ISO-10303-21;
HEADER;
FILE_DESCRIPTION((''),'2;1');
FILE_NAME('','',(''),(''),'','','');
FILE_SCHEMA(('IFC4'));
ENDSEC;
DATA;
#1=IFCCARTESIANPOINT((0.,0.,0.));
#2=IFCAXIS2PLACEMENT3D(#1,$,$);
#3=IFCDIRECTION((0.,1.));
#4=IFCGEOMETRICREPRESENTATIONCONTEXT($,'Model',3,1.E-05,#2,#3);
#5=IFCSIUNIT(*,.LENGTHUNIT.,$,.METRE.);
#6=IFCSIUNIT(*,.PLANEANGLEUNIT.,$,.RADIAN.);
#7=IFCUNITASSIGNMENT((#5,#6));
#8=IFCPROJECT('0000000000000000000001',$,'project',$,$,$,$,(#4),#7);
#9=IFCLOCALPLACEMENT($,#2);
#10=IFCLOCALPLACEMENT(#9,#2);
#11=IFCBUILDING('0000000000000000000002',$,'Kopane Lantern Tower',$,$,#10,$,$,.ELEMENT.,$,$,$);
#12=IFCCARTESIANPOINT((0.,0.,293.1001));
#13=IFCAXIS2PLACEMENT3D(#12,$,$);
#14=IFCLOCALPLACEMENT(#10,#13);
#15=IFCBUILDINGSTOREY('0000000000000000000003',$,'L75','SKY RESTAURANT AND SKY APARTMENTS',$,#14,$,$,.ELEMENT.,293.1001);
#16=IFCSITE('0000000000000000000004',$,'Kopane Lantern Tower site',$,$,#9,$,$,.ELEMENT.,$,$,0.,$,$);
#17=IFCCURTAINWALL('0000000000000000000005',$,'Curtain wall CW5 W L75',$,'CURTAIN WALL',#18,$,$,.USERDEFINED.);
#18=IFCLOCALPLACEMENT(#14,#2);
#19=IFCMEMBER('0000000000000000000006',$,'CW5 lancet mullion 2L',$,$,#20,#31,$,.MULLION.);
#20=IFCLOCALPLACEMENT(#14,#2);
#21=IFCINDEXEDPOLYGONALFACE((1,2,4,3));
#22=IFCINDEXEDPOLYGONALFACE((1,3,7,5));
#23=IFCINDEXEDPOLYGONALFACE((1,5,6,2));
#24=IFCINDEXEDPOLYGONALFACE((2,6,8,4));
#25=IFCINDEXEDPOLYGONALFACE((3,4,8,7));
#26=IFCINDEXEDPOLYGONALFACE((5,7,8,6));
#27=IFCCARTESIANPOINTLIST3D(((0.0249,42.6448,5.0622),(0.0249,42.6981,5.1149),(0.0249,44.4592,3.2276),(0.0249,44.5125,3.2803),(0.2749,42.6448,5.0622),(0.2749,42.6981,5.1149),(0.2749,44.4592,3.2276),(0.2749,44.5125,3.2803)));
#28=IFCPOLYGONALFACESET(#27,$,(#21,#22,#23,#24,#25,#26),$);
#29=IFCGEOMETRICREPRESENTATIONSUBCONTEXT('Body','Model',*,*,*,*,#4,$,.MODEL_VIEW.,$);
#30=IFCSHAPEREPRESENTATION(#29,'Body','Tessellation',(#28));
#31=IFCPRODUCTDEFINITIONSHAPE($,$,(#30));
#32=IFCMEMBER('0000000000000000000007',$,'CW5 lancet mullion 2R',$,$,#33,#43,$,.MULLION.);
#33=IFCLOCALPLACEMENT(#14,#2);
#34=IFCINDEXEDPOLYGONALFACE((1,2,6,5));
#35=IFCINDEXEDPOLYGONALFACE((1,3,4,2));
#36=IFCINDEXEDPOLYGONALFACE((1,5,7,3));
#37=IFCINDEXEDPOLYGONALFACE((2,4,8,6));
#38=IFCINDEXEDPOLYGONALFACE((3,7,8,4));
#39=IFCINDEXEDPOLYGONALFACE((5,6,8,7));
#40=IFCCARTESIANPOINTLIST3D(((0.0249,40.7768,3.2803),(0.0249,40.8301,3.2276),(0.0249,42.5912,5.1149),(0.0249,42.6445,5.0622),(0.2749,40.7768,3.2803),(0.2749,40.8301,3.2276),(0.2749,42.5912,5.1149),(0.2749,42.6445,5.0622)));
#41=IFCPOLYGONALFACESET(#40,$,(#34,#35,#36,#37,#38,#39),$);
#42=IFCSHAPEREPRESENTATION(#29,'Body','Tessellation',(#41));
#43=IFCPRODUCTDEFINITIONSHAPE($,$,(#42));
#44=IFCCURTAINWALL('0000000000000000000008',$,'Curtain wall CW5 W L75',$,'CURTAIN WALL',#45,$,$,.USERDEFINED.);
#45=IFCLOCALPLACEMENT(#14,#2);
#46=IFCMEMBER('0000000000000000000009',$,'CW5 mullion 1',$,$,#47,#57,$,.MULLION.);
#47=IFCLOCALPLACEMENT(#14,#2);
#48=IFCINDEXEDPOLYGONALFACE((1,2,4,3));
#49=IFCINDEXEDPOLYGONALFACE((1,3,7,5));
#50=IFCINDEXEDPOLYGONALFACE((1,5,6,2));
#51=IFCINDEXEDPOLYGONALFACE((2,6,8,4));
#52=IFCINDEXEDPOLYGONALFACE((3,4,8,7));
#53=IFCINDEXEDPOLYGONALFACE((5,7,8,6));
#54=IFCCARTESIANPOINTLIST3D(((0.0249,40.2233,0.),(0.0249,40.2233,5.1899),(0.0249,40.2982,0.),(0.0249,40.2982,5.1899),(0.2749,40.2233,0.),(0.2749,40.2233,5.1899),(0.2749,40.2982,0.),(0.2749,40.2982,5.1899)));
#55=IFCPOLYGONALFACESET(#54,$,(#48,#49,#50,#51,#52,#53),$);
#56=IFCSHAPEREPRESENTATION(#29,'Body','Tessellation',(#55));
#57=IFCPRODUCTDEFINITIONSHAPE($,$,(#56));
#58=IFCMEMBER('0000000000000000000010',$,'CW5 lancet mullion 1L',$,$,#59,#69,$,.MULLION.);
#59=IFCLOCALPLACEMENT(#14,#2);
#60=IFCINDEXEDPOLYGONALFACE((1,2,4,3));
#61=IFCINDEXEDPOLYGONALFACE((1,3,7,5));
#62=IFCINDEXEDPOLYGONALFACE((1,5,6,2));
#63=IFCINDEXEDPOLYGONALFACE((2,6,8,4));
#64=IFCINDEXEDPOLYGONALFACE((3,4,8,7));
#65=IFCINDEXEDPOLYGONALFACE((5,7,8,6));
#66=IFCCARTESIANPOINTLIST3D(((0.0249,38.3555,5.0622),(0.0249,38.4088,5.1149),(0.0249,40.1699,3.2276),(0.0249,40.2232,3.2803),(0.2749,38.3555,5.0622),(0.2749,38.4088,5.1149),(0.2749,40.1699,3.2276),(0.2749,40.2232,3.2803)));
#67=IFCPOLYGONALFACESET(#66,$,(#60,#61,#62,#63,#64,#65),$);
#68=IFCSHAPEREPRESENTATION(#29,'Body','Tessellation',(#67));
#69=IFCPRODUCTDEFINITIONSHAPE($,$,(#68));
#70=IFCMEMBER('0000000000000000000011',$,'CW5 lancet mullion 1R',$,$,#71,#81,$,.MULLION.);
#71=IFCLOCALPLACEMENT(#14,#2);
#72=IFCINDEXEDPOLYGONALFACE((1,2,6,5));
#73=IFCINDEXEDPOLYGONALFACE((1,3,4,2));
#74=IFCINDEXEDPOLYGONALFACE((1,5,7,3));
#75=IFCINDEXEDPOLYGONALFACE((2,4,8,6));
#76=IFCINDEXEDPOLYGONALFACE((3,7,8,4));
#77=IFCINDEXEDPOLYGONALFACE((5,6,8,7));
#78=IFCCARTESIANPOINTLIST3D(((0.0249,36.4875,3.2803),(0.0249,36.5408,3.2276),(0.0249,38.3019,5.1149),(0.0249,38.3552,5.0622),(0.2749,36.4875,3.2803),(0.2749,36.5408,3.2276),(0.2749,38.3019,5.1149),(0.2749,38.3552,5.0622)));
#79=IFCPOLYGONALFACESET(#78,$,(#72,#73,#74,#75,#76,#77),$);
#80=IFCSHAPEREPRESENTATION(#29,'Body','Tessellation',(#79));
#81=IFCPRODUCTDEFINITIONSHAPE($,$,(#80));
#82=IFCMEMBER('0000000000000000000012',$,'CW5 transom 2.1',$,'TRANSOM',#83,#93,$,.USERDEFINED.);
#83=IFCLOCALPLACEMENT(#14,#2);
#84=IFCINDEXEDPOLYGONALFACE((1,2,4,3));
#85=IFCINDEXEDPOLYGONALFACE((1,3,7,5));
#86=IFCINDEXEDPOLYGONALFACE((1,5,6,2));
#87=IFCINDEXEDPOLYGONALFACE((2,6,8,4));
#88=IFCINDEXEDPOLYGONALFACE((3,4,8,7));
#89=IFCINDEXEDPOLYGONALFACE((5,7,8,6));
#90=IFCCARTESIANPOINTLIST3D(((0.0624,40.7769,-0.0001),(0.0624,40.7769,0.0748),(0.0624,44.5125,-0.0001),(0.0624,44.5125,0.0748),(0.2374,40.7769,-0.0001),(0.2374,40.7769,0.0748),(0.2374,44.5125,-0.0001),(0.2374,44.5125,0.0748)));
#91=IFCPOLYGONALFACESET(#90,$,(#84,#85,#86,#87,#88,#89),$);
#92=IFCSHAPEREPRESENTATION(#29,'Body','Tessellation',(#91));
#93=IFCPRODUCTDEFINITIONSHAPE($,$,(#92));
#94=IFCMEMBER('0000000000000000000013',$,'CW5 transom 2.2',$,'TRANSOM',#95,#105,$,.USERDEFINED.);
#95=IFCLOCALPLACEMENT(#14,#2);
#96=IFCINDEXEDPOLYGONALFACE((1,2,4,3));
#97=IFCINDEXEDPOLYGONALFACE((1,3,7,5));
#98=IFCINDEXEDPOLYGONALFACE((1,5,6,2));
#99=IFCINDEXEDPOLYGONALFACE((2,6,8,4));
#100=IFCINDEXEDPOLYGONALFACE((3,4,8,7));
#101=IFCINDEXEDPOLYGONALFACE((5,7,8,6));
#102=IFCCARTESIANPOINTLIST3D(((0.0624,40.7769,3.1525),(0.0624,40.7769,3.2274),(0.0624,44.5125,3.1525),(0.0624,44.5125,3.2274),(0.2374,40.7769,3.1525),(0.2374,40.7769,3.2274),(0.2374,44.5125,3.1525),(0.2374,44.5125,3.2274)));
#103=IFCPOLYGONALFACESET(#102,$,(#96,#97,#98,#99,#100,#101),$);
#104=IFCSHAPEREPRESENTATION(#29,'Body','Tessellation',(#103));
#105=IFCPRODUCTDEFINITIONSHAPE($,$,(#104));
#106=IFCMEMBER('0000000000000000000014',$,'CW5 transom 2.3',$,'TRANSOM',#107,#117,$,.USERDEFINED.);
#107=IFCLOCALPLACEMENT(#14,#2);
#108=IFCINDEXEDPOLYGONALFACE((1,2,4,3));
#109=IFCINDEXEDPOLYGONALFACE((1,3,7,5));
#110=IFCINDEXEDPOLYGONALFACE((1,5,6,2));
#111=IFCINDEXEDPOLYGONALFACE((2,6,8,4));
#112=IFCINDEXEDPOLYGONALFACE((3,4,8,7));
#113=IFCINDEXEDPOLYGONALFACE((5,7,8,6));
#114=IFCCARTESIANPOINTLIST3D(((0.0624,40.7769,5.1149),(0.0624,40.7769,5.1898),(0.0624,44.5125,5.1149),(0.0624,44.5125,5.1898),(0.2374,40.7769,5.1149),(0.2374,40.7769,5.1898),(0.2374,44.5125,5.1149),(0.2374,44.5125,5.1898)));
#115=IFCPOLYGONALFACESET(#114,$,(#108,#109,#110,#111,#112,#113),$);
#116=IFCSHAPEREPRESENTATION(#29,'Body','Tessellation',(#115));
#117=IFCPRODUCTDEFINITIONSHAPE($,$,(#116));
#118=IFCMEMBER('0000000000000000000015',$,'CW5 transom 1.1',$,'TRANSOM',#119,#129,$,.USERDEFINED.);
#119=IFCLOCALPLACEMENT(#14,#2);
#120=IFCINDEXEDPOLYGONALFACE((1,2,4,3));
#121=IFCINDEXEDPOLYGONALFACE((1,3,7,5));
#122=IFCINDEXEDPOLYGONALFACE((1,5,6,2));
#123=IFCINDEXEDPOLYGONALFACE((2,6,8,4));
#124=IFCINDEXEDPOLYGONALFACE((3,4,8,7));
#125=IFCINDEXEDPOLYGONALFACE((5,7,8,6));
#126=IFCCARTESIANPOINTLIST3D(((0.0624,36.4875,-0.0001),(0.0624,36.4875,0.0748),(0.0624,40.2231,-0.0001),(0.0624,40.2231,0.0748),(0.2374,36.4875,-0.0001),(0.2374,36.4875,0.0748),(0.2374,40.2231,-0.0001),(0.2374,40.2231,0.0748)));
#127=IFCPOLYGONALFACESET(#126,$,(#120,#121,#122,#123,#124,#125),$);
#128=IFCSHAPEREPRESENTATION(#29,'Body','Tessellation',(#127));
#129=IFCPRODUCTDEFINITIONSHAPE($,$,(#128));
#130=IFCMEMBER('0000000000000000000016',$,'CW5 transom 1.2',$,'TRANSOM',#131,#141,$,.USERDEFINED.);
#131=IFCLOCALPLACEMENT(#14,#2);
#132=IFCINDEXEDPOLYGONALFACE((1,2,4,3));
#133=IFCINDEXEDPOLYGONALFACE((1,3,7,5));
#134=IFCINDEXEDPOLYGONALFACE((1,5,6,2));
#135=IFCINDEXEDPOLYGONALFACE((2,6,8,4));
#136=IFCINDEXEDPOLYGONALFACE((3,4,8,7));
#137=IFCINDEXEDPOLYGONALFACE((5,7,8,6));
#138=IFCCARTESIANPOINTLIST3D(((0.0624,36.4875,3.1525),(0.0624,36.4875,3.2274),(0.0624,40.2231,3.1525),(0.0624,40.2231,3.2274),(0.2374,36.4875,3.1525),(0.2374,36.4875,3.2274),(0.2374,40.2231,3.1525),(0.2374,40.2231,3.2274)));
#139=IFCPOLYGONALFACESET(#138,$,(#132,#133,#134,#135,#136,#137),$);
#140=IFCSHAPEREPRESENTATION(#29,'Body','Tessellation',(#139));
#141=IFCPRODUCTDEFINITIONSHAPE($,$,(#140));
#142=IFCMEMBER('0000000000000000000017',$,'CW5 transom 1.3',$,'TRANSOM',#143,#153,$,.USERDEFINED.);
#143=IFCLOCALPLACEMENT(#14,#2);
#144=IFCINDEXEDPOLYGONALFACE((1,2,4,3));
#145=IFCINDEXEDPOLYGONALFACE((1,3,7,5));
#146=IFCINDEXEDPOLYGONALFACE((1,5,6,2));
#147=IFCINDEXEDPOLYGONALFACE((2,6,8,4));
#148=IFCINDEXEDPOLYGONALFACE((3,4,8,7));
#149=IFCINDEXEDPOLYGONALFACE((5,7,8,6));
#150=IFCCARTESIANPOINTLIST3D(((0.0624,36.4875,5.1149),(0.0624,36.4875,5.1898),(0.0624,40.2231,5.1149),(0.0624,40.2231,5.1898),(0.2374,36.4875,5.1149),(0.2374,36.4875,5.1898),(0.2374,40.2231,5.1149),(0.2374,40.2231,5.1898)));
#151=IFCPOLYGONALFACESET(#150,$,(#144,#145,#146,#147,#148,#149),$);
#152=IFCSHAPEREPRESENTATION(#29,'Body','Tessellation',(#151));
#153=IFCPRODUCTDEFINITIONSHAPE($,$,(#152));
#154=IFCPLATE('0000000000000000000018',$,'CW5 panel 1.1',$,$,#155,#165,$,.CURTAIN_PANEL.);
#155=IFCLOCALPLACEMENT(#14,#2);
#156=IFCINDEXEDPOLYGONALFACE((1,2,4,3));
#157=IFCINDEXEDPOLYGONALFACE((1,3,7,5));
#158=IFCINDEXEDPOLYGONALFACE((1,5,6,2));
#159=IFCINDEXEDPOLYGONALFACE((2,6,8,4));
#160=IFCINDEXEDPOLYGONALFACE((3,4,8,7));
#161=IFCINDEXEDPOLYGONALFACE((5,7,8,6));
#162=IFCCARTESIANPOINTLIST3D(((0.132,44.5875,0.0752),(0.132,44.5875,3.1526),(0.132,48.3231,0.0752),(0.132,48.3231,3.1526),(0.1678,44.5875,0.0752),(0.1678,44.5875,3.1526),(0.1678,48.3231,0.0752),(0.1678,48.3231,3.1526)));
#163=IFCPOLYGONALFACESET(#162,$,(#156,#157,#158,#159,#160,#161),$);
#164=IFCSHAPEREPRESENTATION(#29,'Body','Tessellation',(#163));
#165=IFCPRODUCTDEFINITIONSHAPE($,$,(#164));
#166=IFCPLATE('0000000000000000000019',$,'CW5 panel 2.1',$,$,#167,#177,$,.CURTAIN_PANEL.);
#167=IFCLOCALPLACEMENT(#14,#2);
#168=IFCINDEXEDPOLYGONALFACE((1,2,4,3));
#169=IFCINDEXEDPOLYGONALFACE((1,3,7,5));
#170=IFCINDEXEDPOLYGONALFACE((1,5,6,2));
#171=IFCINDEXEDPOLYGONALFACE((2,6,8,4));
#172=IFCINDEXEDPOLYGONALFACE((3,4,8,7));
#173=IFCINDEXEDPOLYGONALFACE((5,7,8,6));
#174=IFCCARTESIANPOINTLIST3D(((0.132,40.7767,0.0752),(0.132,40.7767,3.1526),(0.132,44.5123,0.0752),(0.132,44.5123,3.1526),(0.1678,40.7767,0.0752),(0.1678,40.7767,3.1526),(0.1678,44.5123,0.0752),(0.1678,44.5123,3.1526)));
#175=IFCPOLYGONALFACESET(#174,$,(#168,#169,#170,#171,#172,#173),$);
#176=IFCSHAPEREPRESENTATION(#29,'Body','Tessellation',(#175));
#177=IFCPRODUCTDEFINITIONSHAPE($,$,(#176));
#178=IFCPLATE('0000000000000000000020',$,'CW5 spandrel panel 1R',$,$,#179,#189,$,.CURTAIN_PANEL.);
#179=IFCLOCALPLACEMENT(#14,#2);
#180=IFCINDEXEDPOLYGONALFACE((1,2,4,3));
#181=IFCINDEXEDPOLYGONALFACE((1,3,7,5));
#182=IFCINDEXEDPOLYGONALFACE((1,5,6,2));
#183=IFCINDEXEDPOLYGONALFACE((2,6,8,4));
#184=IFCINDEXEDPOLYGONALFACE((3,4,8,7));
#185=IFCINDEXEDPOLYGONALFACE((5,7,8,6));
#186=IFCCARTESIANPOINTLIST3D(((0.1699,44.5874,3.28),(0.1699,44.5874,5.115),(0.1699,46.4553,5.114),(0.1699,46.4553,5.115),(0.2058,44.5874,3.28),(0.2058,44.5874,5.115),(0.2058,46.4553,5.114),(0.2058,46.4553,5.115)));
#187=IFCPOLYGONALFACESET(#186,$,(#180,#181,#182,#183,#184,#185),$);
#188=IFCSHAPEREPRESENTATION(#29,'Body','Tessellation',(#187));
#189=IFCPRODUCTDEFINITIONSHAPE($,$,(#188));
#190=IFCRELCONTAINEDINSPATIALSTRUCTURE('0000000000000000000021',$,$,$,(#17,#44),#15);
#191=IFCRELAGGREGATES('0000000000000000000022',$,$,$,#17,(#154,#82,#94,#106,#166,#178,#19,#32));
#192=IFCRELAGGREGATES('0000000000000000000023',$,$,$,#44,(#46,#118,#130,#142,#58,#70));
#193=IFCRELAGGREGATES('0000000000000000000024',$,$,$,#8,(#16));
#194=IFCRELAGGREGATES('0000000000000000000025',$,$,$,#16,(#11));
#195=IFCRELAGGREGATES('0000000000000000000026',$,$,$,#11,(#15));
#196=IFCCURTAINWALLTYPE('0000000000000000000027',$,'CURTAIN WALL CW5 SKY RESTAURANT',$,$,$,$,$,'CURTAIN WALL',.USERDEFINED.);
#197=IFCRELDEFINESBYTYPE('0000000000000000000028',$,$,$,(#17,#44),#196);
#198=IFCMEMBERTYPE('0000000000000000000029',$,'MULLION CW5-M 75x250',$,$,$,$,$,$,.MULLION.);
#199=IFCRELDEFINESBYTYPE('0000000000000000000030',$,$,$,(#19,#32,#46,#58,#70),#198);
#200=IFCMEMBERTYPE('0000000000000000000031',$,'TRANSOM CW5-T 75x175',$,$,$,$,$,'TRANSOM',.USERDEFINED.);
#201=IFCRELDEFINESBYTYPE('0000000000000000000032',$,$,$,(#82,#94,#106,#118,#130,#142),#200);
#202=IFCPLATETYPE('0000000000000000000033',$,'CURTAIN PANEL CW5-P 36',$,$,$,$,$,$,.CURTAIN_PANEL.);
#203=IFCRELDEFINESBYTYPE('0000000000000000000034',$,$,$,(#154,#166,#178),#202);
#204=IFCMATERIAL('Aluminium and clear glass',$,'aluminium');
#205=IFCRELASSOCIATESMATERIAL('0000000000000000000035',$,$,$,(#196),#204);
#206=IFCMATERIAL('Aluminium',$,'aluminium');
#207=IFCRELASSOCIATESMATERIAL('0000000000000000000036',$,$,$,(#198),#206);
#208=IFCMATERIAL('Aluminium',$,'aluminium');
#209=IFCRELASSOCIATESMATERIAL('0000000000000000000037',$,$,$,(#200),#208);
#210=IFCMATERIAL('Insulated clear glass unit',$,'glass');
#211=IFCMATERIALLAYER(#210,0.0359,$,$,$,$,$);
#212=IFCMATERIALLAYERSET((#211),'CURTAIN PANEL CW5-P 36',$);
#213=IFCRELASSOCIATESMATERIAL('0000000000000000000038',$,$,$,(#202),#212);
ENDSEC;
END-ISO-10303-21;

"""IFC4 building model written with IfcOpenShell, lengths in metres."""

from ifc_helpers import new_model, si_unit, direction, frame, origin, origin_2d, place, context, subcontext, project, spatial, polyline, rectangle, outline, extrude, material, layer, layer_set, material_profile, profile_set, type_object, element, aggregate, save


model = new_model("IFC4")

# Units and contexts
model_context = context("Model", 3, precision=1e-05, world=origin(), true_north=direction((0.0, 1.0)))
body_context = subcontext(model_context, "Body", "Model", "MODEL_VIEW")
ifc_project = project(units=[si_unit("LENGTHUNIT", "METRE"), si_unit("PLANEANGLEUNIT", "RADIAN")], contexts=[model_context])

# Site, building, storey
site_placement = place(None, origin())
site = spatial("IfcSite", under=ifc_project, at=site_placement, Name="Kopane Lantern Tower site", CompositionType="ELEMENT", RefElevation=0.0)
building_placement = place(site_placement, origin())
building = spatial("IfcBuilding", under=site, at=building_placement, Name="Kopane Lantern Tower", CompositionType="ELEMENT")
storey_placement = place(building_placement, frame((0.0, 0.0, 293.1001)))
storey = spatial("IfcBuildingStorey", under=building, at=storey_placement, Name="L75", Description="SKY RESTAURANT AND SKY APARTMENTS", CompositionType="ELEMENT", Elevation=293.1001)

# Curtain walls, members
ifc_material_1 = material(Name="Aluminium and clear glass", Category="aluminium")
curtain_wall_type = type_object("IfcCurtainWallType", Name="CURTAIN WALL CW5 SKY RESTAURANT", ElementType="CURTAIN WALL", PredefinedType="USERDEFINED", material=ifc_material_1)
curtain_wall_1_placement = place(storey_placement, origin())
curtain_wall_1 = element("IfcCurtainWall", 1, at=curtain_wall_1_placement, inside=storey, type_object=curtain_wall_type, Name="Curtain wall CW5 W L75", ObjectType="CURTAIN WALL", PredefinedType="USERDEFINED")
ifc_material_2 = material(Name="Aluminium", Category="aluminium")
ifc_material_profile_1 = material_profile(ifc_material_2, rectangle(XDim=0.075, YDim=0.25, at=origin_2d()), Name="AL 75x250")
ifc_profile_set_1 = profile_set([ifc_material_profile_1], Name="Aluminium")
member_type_1 = type_object("IfcMemberType", Name="MULLION CW5-M 75x250", PredefinedType="MULLION", material=ifc_profile_set_1)
member_1_placement = place(storey_placement, frame((0.1499, 44.4858, 3.2539), z_axis=(0.0, -0.703169, 0.711022), x_axis=(0.0, 0.711022, 0.703169)))
member_1 = element("IfcMember", 2, at=member_1_placement, type_object=member_type_1, Name="CW5 lancet mullion 2L", PredefinedType="MULLION", context=body_context, shape_type="SweptSolid", body=[
    extrude(rectangle(XDim=0.075, YDim=0.25, at=origin_2d()), origin(), (0.0, 0.0, 1.0), 2.5803),
])
member_2_placement = place(storey_placement, frame((0.1499, 40.8035, 3.2539), z_axis=(0.0, 0.703169, 0.711022), x_axis=(0.0, -0.711022, 0.703169)))
member_2 = element("IfcMember", 3, at=member_2_placement, type_object=member_type_1, Name="CW5 lancet mullion 2R", PredefinedType="MULLION", context=body_context, shape_type="SweptSolid", body=[
    extrude(rectangle(XDim=0.075, YDim=0.25, at=origin_2d()), origin(), (0.0, 0.0, 1.0), 2.5803),
])
curtain_wall_2_placement = place(storey_placement, origin())
curtain_wall_2 = element("IfcCurtainWall", 4, at=curtain_wall_2_placement, inside=storey, type_object=curtain_wall_type, Name="Curtain wall CW5 W L75", ObjectType="CURTAIN WALL", PredefinedType="USERDEFINED")
member_3_placement = place(storey_placement, frame((0.1499, 40.2607, 0.0), z_axis=(0.0, 0.0, 1.0), x_axis=(0.0, -1.0, 0.0)))
member_3 = element("IfcMember", 5, at=member_3_placement, type_object=member_type_1, Name="CW5 mullion 1", PredefinedType="MULLION", context=body_context, shape_type="SweptSolid", body=[
    extrude(rectangle(XDim=0.075, YDim=0.25, at=origin_2d()), origin(), (0.0, 0.0, 1.0), 5.1899),
])
member_4_placement = place(storey_placement, frame((0.1499, 40.1965, 3.2539), z_axis=(0.0, -0.703169, 0.711022), x_axis=(0.0, 0.711022, 0.703169)))
member_4 = element("IfcMember", 6, at=member_4_placement, type_object=member_type_1, Name="CW5 lancet mullion 1L", PredefinedType="MULLION", context=body_context, shape_type="SweptSolid", body=[
    extrude(rectangle(XDim=0.075, YDim=0.25, at=origin_2d()), origin(), (0.0, 0.0, 1.0), 2.5803),
])
member_5_placement = place(storey_placement, frame((0.1499, 36.5142, 3.2539), z_axis=(0.0, 0.703169, 0.711022), x_axis=(0.0, -0.711022, 0.703169)))
member_5 = element("IfcMember", 7, at=member_5_placement, type_object=member_type_1, Name="CW5 lancet mullion 1R", PredefinedType="MULLION", context=body_context, shape_type="SweptSolid", body=[
    extrude(rectangle(XDim=0.075, YDim=0.25, at=origin_2d()), origin(), (0.0, 0.0, 1.0), 2.5803),
])

# Members
ifc_material_3 = material(Name="Aluminium", Category="aluminium")
ifc_material_profile_2 = material_profile(ifc_material_3, rectangle(XDim=0.175, YDim=0.075, at=origin_2d()), Name="AL 175x75")
ifc_profile_set_2 = profile_set([ifc_material_profile_2], Name="Aluminium")
member_type_2 = type_object("IfcMemberType", Name="TRANSOM CW5-T 75x175", ElementType="TRANSOM", PredefinedType="USERDEFINED", material=ifc_profile_set_2)
member_6_placement = place(storey_placement, frame((0.1499, 44.5125, 0.0374), z_axis=(0.0, -1.0, 0.0), x_axis=(1.0, 0.0, 0.0)))
member_6 = element("IfcMember", 8, at=member_6_placement, type_object=member_type_2, Name="CW5 transom 2.1", ObjectType="TRANSOM", PredefinedType="USERDEFINED", context=body_context, shape_type="SweptSolid", body=[
    extrude(rectangle(XDim=0.175, YDim=0.075, at=origin_2d()), origin(), (0.0, 0.0, 1.0), 3.7356),
])
member_7_placement = place(storey_placement, frame((0.1499, 44.5125, 3.1899), z_axis=(0.0, -1.0, 0.0), x_axis=(1.0, 0.0, 0.0)))
member_7 = element("IfcMember", 9, at=member_7_placement, type_object=member_type_2, Name="CW5 transom 2.2", ObjectType="TRANSOM", PredefinedType="USERDEFINED", context=body_context, shape_type="SweptSolid", body=[
    extrude(rectangle(XDim=0.175, YDim=0.075, at=origin_2d()), origin(), (0.0, 0.0, 1.0), 3.7356),
])
member_8_placement = place(storey_placement, frame((0.1499, 44.5125, 5.1523), z_axis=(0.0, -1.0, 0.0), x_axis=(1.0, 0.0, 0.0)))
member_8 = element("IfcMember", 10, at=member_8_placement, type_object=member_type_2, Name="CW5 transom 2.3", ObjectType="TRANSOM", PredefinedType="USERDEFINED", context=body_context, shape_type="SweptSolid", body=[
    extrude(rectangle(XDim=0.175, YDim=0.075, at=origin_2d()), origin(), (0.0, 0.0, 1.0), 3.7356),
])
member_9_placement = place(storey_placement, frame((0.1499, 40.2231, 0.0374), z_axis=(0.0, -1.0, 0.0), x_axis=(1.0, 0.0, 0.0)))
member_9 = element("IfcMember", 11, at=member_9_placement, type_object=member_type_2, Name="CW5 transom 1.1", ObjectType="TRANSOM", PredefinedType="USERDEFINED", context=body_context, shape_type="SweptSolid", body=[
    extrude(rectangle(XDim=0.175, YDim=0.075, at=origin_2d()), origin(), (0.0, 0.0, 1.0), 3.7356),
])
member_10_placement = place(storey_placement, frame((0.1499, 40.2231, 3.1899), z_axis=(0.0, -1.0, 0.0), x_axis=(1.0, 0.0, 0.0)))
member_10 = element("IfcMember", 12, at=member_10_placement, type_object=member_type_2, Name="CW5 transom 1.2", ObjectType="TRANSOM", PredefinedType="USERDEFINED", context=body_context, shape_type="SweptSolid", body=[
    extrude(rectangle(XDim=0.175, YDim=0.075, at=origin_2d()), origin(), (0.0, 0.0, 1.0), 3.7356),
])
member_11_placement = place(storey_placement, frame((0.1499, 40.2231, 5.1523), z_axis=(0.0, -1.0, 0.0), x_axis=(1.0, 0.0, 0.0)))
member_11 = element("IfcMember", 13, at=member_11_placement, type_object=member_type_2, Name="CW5 transom 1.3", ObjectType="TRANSOM", PredefinedType="USERDEFINED", context=body_context, shape_type="SweptSolid", body=[
    extrude(rectangle(XDim=0.175, YDim=0.075, at=origin_2d()), origin(), (0.0, 0.0, 1.0), 3.7356),
])

# Plates
ifc_material_4 = material(Name="Insulated clear glass unit", Category="glass")
ifc_layer = layer(ifc_material_4, 0.0359)
ifc_layer_set = layer_set([ifc_layer], Name="CURTAIN PANEL CW5-P 36")
plate_type = type_object("IfcPlateType", Name="CURTAIN PANEL CW5-P 36", PredefinedType="CURTAIN_PANEL", material=ifc_layer_set)
plate_1_placement = place(storey_placement, frame((0.1499, 46.4553, 0.0752), z_axis=(0.0, 0.0, 1.0), x_axis=(0.0, -1.0, 0.0)))
plate_1 = element("IfcPlate", 14, at=plate_1_placement, type_object=plate_type, Name="CW5 panel 1.1", PredefinedType="CURTAIN_PANEL", context=body_context, shape_type="SweptSolid", body=[
    extrude(rectangle(XDim=3.7356, YDim=0.0359, at=origin_2d()), origin(), (0.0, 0.0, 1.0), 3.0774),
])
plate_2_placement = place(storey_placement, frame((0.1499, 42.6445, 0.0752), z_axis=(0.0, 0.0, 1.0), x_axis=(0.0, -1.0, 0.0)))
plate_2 = element("IfcPlate", 15, at=plate_2_placement, type_object=plate_type, Name="CW5 panel 2.1", PredefinedType="CURTAIN_PANEL", context=body_context, shape_type="SweptSolid", body=[
    extrude(rectangle(XDim=3.7356, YDim=0.0359, at=origin_2d()), origin(), (0.0, 0.0, 1.0), 3.0774),
])
plate_3_placement = place(storey_placement, frame((0.188, 44.5874, 5.115), z_axis=(0.0, 0.0, 1.0), x_axis=(0.0, 1.0, 0.0)))
plate_3 = element("IfcPlate", 16, at=plate_3_placement, type_object=plate_type, Name="CW5 spandrel panel 1R", PredefinedType="CURTAIN_PANEL", context=body_context, shape_type="SweptSolid", body=[
    extrude(outline(polyline([(0.0, 0.0), (1.8679, 0.0), (1.8679, -0.001), (0.0, -1.835), (0.0, 0.0)])), frame((0.0, 0.0181, 0.0), z_axis=(0.0, -1.0, 0.0), x_axis=(1.0, 0.0, 0.0)), (0.0, 0.0, 1.0), 0.0359),
])
aggregate(curtain_wall_1, [plate_1, member_6, member_7, member_8, plate_2, plate_3, member_1, member_2])
aggregate(curtain_wall_2, [member_3, member_9, member_10, member_11, member_4, member_5])

save(model, "model.ifc")
